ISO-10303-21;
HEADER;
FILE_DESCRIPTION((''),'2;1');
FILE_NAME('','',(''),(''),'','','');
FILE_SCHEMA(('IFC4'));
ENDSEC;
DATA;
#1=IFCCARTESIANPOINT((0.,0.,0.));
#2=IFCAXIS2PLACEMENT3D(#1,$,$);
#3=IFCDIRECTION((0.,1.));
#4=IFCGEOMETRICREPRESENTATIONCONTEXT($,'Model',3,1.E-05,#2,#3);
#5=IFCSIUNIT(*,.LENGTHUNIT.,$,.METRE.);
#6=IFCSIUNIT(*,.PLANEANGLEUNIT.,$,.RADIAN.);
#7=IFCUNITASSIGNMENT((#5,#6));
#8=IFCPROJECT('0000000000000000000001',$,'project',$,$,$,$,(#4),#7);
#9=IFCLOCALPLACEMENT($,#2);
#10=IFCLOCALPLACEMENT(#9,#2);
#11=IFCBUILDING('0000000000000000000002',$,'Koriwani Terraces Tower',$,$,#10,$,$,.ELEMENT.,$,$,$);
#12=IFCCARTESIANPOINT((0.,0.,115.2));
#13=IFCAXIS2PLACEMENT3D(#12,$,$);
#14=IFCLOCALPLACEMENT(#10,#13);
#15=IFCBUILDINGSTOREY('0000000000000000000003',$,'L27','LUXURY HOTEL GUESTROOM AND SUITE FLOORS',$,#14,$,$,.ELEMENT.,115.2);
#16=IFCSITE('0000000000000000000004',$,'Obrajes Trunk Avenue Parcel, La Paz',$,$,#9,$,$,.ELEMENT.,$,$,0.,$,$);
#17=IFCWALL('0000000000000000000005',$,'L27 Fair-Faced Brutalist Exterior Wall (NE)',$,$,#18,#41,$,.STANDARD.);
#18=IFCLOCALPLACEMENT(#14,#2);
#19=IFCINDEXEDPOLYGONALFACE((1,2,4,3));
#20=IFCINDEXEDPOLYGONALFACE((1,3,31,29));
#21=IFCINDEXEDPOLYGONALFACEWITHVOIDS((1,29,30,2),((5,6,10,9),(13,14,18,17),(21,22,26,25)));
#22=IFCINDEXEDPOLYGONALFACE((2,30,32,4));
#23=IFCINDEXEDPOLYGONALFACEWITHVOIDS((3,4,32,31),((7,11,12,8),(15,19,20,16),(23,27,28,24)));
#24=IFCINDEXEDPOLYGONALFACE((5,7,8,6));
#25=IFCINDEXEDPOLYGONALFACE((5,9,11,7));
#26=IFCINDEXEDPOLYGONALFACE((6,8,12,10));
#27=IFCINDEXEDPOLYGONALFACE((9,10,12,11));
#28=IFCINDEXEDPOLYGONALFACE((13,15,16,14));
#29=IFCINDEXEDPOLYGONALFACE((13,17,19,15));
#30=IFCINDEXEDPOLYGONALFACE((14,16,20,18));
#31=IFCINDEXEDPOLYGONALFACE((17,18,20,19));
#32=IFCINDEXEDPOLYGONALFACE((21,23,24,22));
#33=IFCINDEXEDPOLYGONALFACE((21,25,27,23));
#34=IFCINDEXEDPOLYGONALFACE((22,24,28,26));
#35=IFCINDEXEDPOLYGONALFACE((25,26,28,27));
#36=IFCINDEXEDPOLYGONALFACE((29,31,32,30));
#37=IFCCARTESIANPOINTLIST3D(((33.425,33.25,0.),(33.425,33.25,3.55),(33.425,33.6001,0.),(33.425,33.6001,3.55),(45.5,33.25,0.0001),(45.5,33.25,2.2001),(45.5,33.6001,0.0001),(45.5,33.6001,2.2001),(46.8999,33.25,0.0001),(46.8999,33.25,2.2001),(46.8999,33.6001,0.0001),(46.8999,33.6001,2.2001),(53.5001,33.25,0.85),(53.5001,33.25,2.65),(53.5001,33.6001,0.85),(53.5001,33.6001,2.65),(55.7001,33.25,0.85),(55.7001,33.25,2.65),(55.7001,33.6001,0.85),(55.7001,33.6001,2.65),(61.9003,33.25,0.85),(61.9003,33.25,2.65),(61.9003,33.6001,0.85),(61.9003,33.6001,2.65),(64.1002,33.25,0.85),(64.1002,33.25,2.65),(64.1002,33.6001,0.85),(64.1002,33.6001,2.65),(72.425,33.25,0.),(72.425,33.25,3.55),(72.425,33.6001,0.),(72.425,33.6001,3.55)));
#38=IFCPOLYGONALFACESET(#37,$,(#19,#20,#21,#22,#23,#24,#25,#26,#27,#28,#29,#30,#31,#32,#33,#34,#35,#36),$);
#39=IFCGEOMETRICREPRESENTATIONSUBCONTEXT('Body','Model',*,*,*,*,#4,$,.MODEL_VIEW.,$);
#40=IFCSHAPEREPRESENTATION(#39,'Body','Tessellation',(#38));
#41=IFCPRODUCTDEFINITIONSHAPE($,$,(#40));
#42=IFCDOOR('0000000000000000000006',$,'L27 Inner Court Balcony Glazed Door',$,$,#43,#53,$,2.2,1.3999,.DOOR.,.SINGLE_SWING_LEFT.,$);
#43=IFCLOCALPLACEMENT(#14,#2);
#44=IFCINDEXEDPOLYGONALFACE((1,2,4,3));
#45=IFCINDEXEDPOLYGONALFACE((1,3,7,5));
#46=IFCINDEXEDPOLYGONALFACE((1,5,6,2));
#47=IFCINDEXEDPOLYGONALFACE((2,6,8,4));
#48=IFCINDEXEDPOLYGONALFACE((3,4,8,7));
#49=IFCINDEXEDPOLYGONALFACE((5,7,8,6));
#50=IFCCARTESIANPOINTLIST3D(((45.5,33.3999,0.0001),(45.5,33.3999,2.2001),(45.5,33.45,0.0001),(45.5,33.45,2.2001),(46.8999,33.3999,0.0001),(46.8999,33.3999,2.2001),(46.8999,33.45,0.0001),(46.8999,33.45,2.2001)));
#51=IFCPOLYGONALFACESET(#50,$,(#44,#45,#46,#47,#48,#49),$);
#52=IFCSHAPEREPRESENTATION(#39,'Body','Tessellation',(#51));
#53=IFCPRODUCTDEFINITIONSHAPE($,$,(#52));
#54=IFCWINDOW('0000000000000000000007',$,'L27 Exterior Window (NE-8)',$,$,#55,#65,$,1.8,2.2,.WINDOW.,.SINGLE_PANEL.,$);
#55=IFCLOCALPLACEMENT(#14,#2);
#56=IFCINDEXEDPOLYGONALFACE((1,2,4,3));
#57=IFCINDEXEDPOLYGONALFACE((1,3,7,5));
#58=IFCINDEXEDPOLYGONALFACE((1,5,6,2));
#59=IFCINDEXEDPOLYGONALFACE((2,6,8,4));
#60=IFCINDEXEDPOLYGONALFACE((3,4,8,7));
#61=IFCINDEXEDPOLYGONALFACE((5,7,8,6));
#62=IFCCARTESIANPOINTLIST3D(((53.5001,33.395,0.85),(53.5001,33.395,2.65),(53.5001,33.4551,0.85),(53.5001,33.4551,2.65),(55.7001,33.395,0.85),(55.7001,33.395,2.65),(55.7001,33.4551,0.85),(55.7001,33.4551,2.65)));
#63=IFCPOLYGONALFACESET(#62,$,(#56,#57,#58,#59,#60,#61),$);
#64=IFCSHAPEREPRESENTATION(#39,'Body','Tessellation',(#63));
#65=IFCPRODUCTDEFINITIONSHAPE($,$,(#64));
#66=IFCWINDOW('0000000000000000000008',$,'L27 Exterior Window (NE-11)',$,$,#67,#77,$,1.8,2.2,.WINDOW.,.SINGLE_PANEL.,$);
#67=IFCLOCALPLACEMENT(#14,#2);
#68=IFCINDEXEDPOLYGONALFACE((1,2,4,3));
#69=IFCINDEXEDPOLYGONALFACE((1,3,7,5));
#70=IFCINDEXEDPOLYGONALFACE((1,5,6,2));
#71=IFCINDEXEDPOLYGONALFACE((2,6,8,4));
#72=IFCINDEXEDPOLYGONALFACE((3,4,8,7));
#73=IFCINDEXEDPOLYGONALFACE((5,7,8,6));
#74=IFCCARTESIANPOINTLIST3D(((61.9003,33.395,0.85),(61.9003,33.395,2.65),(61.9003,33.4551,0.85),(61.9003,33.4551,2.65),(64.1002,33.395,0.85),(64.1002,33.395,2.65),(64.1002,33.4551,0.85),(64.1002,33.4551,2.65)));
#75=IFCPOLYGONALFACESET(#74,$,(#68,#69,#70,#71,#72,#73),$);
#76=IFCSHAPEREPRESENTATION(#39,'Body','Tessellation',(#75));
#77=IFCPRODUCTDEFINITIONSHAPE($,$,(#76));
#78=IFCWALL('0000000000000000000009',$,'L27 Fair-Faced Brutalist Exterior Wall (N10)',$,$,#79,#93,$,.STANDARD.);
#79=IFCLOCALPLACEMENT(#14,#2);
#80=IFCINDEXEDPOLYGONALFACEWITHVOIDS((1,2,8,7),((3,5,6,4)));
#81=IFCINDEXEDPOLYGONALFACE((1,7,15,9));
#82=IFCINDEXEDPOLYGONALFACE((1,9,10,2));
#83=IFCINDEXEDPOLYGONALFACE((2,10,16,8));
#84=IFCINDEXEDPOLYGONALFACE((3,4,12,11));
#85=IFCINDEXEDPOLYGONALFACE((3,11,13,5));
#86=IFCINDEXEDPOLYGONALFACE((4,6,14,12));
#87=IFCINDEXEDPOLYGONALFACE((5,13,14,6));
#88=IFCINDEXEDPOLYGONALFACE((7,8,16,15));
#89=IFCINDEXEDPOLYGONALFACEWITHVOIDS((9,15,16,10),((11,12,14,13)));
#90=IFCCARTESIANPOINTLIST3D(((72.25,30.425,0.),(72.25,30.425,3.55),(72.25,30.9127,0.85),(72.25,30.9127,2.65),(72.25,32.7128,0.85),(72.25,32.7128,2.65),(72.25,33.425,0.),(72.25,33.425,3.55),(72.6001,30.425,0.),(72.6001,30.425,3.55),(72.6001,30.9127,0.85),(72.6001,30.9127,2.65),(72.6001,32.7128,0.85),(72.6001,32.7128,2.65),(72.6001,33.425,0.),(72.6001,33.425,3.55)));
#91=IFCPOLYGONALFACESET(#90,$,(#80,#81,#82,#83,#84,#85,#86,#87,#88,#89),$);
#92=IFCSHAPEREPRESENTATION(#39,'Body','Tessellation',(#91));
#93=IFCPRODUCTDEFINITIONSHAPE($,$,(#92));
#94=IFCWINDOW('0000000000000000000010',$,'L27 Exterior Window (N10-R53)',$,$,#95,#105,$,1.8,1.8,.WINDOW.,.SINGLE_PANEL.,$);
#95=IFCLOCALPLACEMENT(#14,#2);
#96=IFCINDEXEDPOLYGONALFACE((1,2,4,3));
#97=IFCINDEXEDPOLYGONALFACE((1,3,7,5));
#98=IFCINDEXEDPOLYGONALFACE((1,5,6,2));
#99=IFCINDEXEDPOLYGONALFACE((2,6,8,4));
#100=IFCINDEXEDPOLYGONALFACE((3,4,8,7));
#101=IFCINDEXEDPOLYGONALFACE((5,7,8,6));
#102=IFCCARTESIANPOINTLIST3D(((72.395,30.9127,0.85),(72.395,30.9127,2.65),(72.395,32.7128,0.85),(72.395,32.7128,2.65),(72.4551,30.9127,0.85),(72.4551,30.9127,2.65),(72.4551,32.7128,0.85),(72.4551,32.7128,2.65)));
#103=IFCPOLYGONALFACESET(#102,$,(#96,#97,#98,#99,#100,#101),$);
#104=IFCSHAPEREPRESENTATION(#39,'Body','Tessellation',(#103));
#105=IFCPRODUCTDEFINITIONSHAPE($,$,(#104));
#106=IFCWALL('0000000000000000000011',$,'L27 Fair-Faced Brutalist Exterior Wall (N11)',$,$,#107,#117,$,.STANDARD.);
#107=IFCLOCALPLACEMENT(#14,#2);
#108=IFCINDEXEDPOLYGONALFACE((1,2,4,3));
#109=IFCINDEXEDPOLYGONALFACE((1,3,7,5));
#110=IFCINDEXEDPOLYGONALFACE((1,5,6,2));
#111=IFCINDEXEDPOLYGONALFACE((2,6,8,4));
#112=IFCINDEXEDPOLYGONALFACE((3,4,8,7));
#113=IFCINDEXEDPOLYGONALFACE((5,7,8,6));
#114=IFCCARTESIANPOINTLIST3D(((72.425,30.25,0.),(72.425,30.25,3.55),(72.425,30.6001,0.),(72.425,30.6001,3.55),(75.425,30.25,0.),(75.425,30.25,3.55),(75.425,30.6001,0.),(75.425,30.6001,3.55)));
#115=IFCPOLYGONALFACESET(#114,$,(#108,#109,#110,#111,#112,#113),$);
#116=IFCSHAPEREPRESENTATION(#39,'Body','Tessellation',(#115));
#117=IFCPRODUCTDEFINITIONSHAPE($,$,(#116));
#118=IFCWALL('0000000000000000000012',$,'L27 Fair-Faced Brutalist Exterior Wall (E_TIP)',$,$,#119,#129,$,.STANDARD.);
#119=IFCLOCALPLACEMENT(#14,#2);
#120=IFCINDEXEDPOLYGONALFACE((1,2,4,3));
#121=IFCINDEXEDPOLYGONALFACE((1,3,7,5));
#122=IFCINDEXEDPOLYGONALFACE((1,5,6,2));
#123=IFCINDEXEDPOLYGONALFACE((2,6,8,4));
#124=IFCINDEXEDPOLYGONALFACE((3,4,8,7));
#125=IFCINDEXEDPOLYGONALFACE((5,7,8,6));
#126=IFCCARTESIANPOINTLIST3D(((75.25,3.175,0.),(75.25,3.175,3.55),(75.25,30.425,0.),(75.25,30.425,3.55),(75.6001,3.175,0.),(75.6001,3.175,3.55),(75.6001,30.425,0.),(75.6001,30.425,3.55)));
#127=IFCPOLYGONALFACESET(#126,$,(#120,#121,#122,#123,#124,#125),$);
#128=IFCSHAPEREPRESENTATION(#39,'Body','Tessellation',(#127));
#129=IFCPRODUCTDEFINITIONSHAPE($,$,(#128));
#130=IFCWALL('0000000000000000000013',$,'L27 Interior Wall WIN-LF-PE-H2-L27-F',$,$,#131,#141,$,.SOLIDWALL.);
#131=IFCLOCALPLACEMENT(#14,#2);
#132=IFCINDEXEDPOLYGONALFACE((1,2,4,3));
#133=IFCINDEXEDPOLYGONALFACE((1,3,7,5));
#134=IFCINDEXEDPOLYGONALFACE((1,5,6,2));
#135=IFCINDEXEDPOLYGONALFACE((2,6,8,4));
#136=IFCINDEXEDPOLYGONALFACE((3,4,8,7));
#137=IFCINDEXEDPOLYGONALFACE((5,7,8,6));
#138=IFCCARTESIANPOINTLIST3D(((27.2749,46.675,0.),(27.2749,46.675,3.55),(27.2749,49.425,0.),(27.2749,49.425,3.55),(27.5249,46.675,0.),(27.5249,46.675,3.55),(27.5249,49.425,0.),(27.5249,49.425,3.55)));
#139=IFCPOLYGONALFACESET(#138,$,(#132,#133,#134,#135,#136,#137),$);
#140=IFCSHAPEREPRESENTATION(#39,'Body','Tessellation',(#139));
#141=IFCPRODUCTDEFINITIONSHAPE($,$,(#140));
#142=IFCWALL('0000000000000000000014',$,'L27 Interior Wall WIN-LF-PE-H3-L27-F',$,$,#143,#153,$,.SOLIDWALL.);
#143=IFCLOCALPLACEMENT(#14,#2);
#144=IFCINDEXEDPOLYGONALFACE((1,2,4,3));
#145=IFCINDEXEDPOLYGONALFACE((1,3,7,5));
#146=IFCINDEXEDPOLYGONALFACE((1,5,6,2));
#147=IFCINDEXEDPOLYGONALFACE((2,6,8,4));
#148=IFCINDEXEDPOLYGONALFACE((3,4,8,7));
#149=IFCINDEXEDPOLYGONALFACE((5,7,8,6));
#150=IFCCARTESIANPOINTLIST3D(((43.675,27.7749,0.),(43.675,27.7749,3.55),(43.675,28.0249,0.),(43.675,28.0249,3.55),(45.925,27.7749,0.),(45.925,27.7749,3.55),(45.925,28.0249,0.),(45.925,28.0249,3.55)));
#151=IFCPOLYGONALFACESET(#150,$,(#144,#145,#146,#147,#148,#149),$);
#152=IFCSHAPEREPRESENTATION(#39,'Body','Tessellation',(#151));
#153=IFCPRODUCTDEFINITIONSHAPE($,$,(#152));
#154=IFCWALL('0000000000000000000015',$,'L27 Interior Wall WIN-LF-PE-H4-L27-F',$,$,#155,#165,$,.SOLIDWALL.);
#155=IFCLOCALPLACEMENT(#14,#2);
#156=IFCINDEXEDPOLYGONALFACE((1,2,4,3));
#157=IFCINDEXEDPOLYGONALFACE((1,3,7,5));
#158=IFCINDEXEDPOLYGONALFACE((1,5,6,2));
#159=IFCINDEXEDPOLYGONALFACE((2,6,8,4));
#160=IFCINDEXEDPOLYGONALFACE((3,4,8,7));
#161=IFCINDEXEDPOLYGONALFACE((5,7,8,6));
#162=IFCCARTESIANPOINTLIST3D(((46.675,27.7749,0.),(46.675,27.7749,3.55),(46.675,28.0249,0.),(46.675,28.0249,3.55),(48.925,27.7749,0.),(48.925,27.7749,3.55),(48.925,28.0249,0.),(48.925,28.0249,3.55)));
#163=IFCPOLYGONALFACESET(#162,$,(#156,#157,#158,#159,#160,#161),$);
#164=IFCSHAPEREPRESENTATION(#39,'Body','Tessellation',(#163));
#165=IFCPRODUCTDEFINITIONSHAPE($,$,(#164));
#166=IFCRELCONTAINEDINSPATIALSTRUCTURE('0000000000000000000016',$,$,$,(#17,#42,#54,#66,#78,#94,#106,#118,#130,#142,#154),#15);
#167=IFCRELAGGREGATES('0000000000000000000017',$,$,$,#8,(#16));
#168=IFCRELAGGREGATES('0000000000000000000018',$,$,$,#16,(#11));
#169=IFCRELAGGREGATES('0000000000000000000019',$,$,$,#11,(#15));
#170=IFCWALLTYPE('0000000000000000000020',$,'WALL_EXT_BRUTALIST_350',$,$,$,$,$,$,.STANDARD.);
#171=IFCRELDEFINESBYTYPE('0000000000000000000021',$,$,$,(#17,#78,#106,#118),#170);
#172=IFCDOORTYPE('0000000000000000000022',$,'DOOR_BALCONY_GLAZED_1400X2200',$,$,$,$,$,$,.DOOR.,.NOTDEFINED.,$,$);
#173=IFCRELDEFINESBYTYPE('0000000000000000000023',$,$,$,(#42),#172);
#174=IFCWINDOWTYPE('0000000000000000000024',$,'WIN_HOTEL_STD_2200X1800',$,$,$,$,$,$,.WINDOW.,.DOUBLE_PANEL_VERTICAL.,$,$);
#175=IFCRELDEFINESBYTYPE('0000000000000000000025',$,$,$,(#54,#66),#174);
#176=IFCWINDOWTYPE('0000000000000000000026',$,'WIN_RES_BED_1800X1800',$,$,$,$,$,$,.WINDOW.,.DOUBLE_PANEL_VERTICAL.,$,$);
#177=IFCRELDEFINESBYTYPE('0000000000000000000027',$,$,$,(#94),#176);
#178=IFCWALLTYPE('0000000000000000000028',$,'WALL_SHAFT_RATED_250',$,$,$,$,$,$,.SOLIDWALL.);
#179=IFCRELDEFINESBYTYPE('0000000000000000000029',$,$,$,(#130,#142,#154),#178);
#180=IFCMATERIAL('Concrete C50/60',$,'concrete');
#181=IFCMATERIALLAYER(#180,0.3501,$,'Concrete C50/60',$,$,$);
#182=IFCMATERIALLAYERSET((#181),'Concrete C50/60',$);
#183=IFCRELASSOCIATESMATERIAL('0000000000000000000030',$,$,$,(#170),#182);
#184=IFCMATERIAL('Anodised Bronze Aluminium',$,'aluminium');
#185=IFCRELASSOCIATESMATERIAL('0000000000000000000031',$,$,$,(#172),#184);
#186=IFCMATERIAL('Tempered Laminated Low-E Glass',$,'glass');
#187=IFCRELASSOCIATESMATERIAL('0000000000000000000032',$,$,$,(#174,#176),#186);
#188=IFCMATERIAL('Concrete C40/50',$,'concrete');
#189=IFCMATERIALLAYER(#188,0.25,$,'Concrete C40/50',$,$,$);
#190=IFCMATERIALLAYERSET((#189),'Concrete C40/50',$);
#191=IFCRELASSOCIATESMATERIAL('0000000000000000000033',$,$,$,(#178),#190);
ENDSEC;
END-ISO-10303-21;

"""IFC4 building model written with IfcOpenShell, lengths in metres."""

from ifc_helpers import new_model, si_unit, direction, frame, frame_2d, origin, place, context, subcontext, project, spatial, rectangle, extrude, material, layer, layer_set, type_object, element, fill, save


model = new_model("IFC4")

# Units and contexts
model_context = context("Model", 3, precision=1e-05, world=origin(), true_north=direction((0.0, 1.0)))
body_context = subcontext(model_context, "Body", "Model", "MODEL_VIEW")
ifc_project = project(units=[si_unit("LENGTHUNIT", "METRE"), si_unit("PLANEANGLEUNIT", "RADIAN")], contexts=[model_context])

# Site, building, storey
site_placement = place(None, origin())
site = spatial("IfcSite", under=ifc_project, at=site_placement, Name="Obrajes Trunk Avenue Parcel, La Paz", CompositionType="ELEMENT", RefElevation=0.0)
building_placement = place(site_placement, origin())
building = spatial("IfcBuilding", under=site, at=building_placement, Name="Koriwani Terraces Tower", CompositionType="ELEMENT")
storey_placement = place(building_placement, frame((0.0, 0.0, 115.2)))
storey = spatial("IfcBuildingStorey", under=building, at=storey_placement, Name="L27", Description="LUXURY HOTEL GUESTROOM AND SUITE FLOORS", CompositionType="ELEMENT", Elevation=115.2)

# Shared definitions
ifc_material_1 = material(Name="Concrete C40/50", Category="concrete")

# Wall, openings, door, windows
ifc_material_2 = material(Name="Concrete C50/60", Category="concrete")
ifc_layer_1 = layer(ifc_material_2, 0.3501, Name="Concrete C50/60")
ifc_layer_set_1 = layer_set([ifc_layer_1], Name="Concrete C50/60")
wall_type_1 = type_object("IfcWallType", Name="WALL_EXT_BRUTALIST_350", PredefinedType="STANDARD", material=ifc_layer_set_1)
wall_1_placement = place(storey_placement, frame((33.425, 33.425, 0.0), z_axis=(0.0, 0.0, 1.0), x_axis=(1.0, 0.0, 0.0)))
wall_1 = element("IfcWall", 1, at=wall_1_placement, inside=storey, type_object=wall_type_1, Name="L27 Fair-Faced Brutalist Exterior Wall (NE)", PredefinedType="STANDARD", context=body_context, shape_type="SweptSolid", body=[
    extrude(rectangle(XDim=39.0, YDim=0.3501, at=frame_2d((19.5, 0.0))), origin(), (0.0, 0.0, 1.0), 3.55),
])
opening_1_placement = place(wall_1_placement, frame((12.075, 0.0, 0.0)))
opening_1 = element("IfcOpeningElement", 2, at=opening_1_placement, cuts=wall_1, PredefinedType="OPENING", context=body_context, shape_type="SweptSolid", body=[
    extrude(rectangle(XDim=1.3999, YDim=2.2, at=frame_2d((0.7, 1.1001))), frame((0.0, 0.1851, 0.0), z_axis=(0.0, -1.0, 0.0), x_axis=(1.0, 0.0, 0.0)), (0.0, 0.0, 1.0), 0.3701),
])
opening_2_placement = place(wall_1_placement, frame((20.075, 0.0, 0.8501)))
opening_2 = element("IfcOpeningElement", 3, at=opening_2_placement, cuts=wall_1, PredefinedType="OPENING", context=body_context, shape_type="SweptSolid", body=[
    extrude(rectangle(XDim=2.2, YDim=1.8, at=frame_2d((1.1001, 0.8999))), frame((0.0, 0.1851, 0.0), z_axis=(0.0, -1.0, 0.0), x_axis=(1.0, 0.0, 0.0)), (0.0, 0.0, 1.0), 0.3701),
])
opening_3_placement = place(wall_1_placement, frame((28.4751, 0.0, 0.8501)))
opening_3 = element("IfcOpeningElement", 4, at=opening_3_placement, cuts=wall_1, PredefinedType="OPENING", context=body_context, shape_type="SweptSolid", body=[
    extrude(rectangle(XDim=2.2, YDim=1.8, at=frame_2d((1.1001, 0.8999))), frame((0.0, 0.1851, 0.0), z_axis=(0.0, -1.0, 0.0), x_axis=(1.0, 0.0, 0.0)), (0.0, 0.0, 1.0), 0.3701),
])
ifc_material_3 = material(Name="Anodised Bronze Aluminium", Category="aluminium")
door_type_1 = type_object("IfcDoorType", Name="DOOR_BALCONY_GLAZED_1400X2200", OperationType="NOTDEFINED", PredefinedType="DOOR", material=ifc_material_3)
door_1_placement = place(opening_1_placement, origin())
door_1 = element("IfcDoor", 5, at=door_1_placement, inside=storey, type_object=door_type_1, Name="L27 Inner Court Balcony Glazed Door", OperationType="SINGLE_SWING_LEFT", OverallHeight=2.2, OverallWidth=1.3999, PredefinedType="DOOR", context=body_context, shape_type="SweptSolid", body=[
    extrude(rectangle(XDim=1.3999, YDim=2.2, at=frame_2d((0.7, 1.1001))), frame((0.0, 0.0249, 0.0), z_axis=(0.0, -1.0, 0.0), x_axis=(1.0, 0.0, 0.0)), (0.0, 0.0, 1.0), 0.05),
])
fill(opening_1, door_1)
ifc_material_4 = material(Name="Tempered Laminated Low-E Glass", Category="glass")
window_type_1 = type_object("IfcWindowType", Name="WIN_HOTEL_STD_2200X1800", PartitioningType="DOUBLE_PANEL_VERTICAL", PredefinedType="WINDOW", material=ifc_material_4)
window_1_placement = place(opening_2_placement, origin())
window_1 = element("IfcWindow", 6, at=window_1_placement, inside=storey, type_object=window_type_1, Name="L27 Exterior Window (NE-8)", OverallHeight=1.8, OverallWidth=2.2, PartitioningType="SINGLE_PANEL", PredefinedType="WINDOW", context=body_context, shape_type="SweptSolid", body=[
    extrude(rectangle(XDim=2.2, YDim=1.8, at=frame_2d((1.1001, 0.8999))), frame((0.0, 0.03, 0.0), z_axis=(0.0, -1.0, 0.0), x_axis=(1.0, 0.0, 0.0)), (0.0, 0.0, 1.0), 0.0601),
])
fill(opening_2, window_1)
window_2_placement = place(opening_3_placement, origin())
window_2 = element("IfcWindow", 7, at=window_2_placement, inside=storey, type_object=window_type_1, Name="L27 Exterior Window (NE-11)", OverallHeight=1.8, OverallWidth=2.2, PartitioningType="SINGLE_PANEL", PredefinedType="WINDOW", context=body_context, shape_type="SweptSolid", body=[
    extrude(rectangle(XDim=2.2, YDim=1.8, at=frame_2d((1.1001, 0.8999))), frame((0.0, 0.03, 0.0), z_axis=(0.0, -1.0, 0.0), x_axis=(1.0, 0.0, 0.0)), (0.0, 0.0, 1.0), 0.0601),
])
fill(opening_3, window_2)

# Wall, opening, window
wall_2_placement = place(storey_placement, frame((72.425, 33.425, 0.0), z_axis=(0.0, 0.0, 1.0), x_axis=(0.0, -1.0, 0.0)))
wall_2 = element("IfcWall", 8, at=wall_2_placement, inside=storey, type_object=wall_type_1, Name="L27 Fair-Faced Brutalist Exterior Wall (N10)", PredefinedType="STANDARD", context=body_context, shape_type="SweptSolid", body=[
    extrude(rectangle(XDim=3.0, YDim=0.3501, at=frame_2d((1.5, 0.0))), origin(), (0.0, 0.0, 1.0), 3.55),
])
opening_4_placement = place(wall_2_placement, frame((0.7124, 0.0, 0.8501)))
opening_4 = element("IfcOpeningElement", 9, at=opening_4_placement, cuts=wall_2, PredefinedType="OPENING", context=body_context, shape_type="SweptSolid", body=[
    extrude(rectangle(XDim=1.8, YDim=1.8, at=frame_2d((0.8999, 0.8999))), frame((0.0, 0.1851, 0.0), z_axis=(0.0, -1.0, 0.0), x_axis=(1.0, 0.0, 0.0)), (0.0, 0.0, 1.0), 0.3701),
])
window_type_2 = type_object("IfcWindowType", Name="WIN_RES_BED_1800X1800", PartitioningType="DOUBLE_PANEL_VERTICAL", PredefinedType="WINDOW", material=ifc_material_4)
window_3_placement = place(opening_4_placement, origin())
window_3 = element("IfcWindow", 10, at=window_3_placement, inside=storey, type_object=window_type_2, Name="L27 Exterior Window (N10-R53)", OverallHeight=1.8, OverallWidth=1.8, PartitioningType="SINGLE_PANEL", PredefinedType="WINDOW", context=body_context, shape_type="SweptSolid", body=[
    extrude(rectangle(XDim=1.8, YDim=1.8, at=frame_2d((0.8999, 0.8999))), frame((0.0, 0.03, 0.0), z_axis=(0.0, -1.0, 0.0), x_axis=(1.0, 0.0, 0.0)), (0.0, 0.0, 1.0), 0.0601),
])
fill(opening_4, window_3)

# Walls
wall_3_placement = place(storey_placement, frame((72.425, 30.425, 0.0), z_axis=(0.0, 0.0, 1.0), x_axis=(1.0, 0.0, 0.0)))
element("IfcWall", 11, at=wall_3_placement, inside=storey, type_object=wall_type_1, Name="L27 Fair-Faced Brutalist Exterior Wall (N11)", PredefinedType="STANDARD", context=body_context, shape_type="SweptSolid", body=[
    extrude(rectangle(XDim=3.0, YDim=0.3501, at=frame_2d((1.5, 0.0))), origin(), (0.0, 0.0, 1.0), 3.55),
])
wall_4_placement = place(storey_placement, frame((75.425, 30.425, 0.0), z_axis=(0.0, 0.0, 1.0), x_axis=(0.0, -1.0, 0.0)))
element("IfcWall", 12, at=wall_4_placement, inside=storey, type_object=wall_type_1, Name="L27 Fair-Faced Brutalist Exterior Wall (E_TIP)", PredefinedType="STANDARD", context=body_context, shape_type="SweptSolid", body=[
    extrude(rectangle(XDim=27.25, YDim=0.3501, at=frame_2d((13.625, 0.0))), origin(), (0.0, 0.0, 1.0), 3.55),
])
ifc_layer_2 = layer(ifc_material_1, 0.25, Name="Concrete C40/50")
ifc_layer_set_2 = layer_set([ifc_layer_2], Name="Concrete C40/50")
wall_type_2 = type_object("IfcWallType", Name="WALL_SHAFT_RATED_250", PredefinedType="SOLIDWALL", material=ifc_layer_set_2)
wall_5_placement = place(storey_placement, frame((27.3999, 46.675, 0.0), z_axis=(0.0, 0.0, 1.0), x_axis=(0.0, 1.0, 0.0)))
element("IfcWall", 13, at=wall_5_placement, inside=storey, type_object=wall_type_2, Name="L27 Interior Wall WIN-LF-PE-H2-L27-F", PredefinedType="SOLIDWALL", context=body_context, shape_type="SweptSolid", body=[
    extrude(rectangle(XDim=2.75, YDim=0.25, at=frame_2d((1.375, 0.0))), origin(), (0.0, 0.0, 1.0), 3.55),
])
for number, where, z_axis, x_axis, name in (
    (14, (43.675, 27.8999, 0.0), (0.0, 0.0, 1.0), (1.0, 0.0, 0.0), "L27 Interior Wall WIN-LF-PE-H3-L27-F"),
    (15, (46.675, 27.8999, 0.0), (0.0, 0.0, 1.0), (1.0, 0.0, 0.0), "L27 Interior Wall WIN-LF-PE-H4-L27-F"),
):
    element("IfcWall", number, at=place(storey_placement, frame(where, z_axis=z_axis, x_axis=x_axis)), inside=storey, type_object=wall_type_2, Name=name, PredefinedType="SOLIDWALL", context=body_context, shape_type="SweptSolid", body=[
        extrude(rectangle(XDim=2.25, YDim=0.25, at=frame_2d((1.125, 0.0))), origin(), (0.0, 0.0, 1.0), 3.55),
    ])

save(model, "model.ifc")
